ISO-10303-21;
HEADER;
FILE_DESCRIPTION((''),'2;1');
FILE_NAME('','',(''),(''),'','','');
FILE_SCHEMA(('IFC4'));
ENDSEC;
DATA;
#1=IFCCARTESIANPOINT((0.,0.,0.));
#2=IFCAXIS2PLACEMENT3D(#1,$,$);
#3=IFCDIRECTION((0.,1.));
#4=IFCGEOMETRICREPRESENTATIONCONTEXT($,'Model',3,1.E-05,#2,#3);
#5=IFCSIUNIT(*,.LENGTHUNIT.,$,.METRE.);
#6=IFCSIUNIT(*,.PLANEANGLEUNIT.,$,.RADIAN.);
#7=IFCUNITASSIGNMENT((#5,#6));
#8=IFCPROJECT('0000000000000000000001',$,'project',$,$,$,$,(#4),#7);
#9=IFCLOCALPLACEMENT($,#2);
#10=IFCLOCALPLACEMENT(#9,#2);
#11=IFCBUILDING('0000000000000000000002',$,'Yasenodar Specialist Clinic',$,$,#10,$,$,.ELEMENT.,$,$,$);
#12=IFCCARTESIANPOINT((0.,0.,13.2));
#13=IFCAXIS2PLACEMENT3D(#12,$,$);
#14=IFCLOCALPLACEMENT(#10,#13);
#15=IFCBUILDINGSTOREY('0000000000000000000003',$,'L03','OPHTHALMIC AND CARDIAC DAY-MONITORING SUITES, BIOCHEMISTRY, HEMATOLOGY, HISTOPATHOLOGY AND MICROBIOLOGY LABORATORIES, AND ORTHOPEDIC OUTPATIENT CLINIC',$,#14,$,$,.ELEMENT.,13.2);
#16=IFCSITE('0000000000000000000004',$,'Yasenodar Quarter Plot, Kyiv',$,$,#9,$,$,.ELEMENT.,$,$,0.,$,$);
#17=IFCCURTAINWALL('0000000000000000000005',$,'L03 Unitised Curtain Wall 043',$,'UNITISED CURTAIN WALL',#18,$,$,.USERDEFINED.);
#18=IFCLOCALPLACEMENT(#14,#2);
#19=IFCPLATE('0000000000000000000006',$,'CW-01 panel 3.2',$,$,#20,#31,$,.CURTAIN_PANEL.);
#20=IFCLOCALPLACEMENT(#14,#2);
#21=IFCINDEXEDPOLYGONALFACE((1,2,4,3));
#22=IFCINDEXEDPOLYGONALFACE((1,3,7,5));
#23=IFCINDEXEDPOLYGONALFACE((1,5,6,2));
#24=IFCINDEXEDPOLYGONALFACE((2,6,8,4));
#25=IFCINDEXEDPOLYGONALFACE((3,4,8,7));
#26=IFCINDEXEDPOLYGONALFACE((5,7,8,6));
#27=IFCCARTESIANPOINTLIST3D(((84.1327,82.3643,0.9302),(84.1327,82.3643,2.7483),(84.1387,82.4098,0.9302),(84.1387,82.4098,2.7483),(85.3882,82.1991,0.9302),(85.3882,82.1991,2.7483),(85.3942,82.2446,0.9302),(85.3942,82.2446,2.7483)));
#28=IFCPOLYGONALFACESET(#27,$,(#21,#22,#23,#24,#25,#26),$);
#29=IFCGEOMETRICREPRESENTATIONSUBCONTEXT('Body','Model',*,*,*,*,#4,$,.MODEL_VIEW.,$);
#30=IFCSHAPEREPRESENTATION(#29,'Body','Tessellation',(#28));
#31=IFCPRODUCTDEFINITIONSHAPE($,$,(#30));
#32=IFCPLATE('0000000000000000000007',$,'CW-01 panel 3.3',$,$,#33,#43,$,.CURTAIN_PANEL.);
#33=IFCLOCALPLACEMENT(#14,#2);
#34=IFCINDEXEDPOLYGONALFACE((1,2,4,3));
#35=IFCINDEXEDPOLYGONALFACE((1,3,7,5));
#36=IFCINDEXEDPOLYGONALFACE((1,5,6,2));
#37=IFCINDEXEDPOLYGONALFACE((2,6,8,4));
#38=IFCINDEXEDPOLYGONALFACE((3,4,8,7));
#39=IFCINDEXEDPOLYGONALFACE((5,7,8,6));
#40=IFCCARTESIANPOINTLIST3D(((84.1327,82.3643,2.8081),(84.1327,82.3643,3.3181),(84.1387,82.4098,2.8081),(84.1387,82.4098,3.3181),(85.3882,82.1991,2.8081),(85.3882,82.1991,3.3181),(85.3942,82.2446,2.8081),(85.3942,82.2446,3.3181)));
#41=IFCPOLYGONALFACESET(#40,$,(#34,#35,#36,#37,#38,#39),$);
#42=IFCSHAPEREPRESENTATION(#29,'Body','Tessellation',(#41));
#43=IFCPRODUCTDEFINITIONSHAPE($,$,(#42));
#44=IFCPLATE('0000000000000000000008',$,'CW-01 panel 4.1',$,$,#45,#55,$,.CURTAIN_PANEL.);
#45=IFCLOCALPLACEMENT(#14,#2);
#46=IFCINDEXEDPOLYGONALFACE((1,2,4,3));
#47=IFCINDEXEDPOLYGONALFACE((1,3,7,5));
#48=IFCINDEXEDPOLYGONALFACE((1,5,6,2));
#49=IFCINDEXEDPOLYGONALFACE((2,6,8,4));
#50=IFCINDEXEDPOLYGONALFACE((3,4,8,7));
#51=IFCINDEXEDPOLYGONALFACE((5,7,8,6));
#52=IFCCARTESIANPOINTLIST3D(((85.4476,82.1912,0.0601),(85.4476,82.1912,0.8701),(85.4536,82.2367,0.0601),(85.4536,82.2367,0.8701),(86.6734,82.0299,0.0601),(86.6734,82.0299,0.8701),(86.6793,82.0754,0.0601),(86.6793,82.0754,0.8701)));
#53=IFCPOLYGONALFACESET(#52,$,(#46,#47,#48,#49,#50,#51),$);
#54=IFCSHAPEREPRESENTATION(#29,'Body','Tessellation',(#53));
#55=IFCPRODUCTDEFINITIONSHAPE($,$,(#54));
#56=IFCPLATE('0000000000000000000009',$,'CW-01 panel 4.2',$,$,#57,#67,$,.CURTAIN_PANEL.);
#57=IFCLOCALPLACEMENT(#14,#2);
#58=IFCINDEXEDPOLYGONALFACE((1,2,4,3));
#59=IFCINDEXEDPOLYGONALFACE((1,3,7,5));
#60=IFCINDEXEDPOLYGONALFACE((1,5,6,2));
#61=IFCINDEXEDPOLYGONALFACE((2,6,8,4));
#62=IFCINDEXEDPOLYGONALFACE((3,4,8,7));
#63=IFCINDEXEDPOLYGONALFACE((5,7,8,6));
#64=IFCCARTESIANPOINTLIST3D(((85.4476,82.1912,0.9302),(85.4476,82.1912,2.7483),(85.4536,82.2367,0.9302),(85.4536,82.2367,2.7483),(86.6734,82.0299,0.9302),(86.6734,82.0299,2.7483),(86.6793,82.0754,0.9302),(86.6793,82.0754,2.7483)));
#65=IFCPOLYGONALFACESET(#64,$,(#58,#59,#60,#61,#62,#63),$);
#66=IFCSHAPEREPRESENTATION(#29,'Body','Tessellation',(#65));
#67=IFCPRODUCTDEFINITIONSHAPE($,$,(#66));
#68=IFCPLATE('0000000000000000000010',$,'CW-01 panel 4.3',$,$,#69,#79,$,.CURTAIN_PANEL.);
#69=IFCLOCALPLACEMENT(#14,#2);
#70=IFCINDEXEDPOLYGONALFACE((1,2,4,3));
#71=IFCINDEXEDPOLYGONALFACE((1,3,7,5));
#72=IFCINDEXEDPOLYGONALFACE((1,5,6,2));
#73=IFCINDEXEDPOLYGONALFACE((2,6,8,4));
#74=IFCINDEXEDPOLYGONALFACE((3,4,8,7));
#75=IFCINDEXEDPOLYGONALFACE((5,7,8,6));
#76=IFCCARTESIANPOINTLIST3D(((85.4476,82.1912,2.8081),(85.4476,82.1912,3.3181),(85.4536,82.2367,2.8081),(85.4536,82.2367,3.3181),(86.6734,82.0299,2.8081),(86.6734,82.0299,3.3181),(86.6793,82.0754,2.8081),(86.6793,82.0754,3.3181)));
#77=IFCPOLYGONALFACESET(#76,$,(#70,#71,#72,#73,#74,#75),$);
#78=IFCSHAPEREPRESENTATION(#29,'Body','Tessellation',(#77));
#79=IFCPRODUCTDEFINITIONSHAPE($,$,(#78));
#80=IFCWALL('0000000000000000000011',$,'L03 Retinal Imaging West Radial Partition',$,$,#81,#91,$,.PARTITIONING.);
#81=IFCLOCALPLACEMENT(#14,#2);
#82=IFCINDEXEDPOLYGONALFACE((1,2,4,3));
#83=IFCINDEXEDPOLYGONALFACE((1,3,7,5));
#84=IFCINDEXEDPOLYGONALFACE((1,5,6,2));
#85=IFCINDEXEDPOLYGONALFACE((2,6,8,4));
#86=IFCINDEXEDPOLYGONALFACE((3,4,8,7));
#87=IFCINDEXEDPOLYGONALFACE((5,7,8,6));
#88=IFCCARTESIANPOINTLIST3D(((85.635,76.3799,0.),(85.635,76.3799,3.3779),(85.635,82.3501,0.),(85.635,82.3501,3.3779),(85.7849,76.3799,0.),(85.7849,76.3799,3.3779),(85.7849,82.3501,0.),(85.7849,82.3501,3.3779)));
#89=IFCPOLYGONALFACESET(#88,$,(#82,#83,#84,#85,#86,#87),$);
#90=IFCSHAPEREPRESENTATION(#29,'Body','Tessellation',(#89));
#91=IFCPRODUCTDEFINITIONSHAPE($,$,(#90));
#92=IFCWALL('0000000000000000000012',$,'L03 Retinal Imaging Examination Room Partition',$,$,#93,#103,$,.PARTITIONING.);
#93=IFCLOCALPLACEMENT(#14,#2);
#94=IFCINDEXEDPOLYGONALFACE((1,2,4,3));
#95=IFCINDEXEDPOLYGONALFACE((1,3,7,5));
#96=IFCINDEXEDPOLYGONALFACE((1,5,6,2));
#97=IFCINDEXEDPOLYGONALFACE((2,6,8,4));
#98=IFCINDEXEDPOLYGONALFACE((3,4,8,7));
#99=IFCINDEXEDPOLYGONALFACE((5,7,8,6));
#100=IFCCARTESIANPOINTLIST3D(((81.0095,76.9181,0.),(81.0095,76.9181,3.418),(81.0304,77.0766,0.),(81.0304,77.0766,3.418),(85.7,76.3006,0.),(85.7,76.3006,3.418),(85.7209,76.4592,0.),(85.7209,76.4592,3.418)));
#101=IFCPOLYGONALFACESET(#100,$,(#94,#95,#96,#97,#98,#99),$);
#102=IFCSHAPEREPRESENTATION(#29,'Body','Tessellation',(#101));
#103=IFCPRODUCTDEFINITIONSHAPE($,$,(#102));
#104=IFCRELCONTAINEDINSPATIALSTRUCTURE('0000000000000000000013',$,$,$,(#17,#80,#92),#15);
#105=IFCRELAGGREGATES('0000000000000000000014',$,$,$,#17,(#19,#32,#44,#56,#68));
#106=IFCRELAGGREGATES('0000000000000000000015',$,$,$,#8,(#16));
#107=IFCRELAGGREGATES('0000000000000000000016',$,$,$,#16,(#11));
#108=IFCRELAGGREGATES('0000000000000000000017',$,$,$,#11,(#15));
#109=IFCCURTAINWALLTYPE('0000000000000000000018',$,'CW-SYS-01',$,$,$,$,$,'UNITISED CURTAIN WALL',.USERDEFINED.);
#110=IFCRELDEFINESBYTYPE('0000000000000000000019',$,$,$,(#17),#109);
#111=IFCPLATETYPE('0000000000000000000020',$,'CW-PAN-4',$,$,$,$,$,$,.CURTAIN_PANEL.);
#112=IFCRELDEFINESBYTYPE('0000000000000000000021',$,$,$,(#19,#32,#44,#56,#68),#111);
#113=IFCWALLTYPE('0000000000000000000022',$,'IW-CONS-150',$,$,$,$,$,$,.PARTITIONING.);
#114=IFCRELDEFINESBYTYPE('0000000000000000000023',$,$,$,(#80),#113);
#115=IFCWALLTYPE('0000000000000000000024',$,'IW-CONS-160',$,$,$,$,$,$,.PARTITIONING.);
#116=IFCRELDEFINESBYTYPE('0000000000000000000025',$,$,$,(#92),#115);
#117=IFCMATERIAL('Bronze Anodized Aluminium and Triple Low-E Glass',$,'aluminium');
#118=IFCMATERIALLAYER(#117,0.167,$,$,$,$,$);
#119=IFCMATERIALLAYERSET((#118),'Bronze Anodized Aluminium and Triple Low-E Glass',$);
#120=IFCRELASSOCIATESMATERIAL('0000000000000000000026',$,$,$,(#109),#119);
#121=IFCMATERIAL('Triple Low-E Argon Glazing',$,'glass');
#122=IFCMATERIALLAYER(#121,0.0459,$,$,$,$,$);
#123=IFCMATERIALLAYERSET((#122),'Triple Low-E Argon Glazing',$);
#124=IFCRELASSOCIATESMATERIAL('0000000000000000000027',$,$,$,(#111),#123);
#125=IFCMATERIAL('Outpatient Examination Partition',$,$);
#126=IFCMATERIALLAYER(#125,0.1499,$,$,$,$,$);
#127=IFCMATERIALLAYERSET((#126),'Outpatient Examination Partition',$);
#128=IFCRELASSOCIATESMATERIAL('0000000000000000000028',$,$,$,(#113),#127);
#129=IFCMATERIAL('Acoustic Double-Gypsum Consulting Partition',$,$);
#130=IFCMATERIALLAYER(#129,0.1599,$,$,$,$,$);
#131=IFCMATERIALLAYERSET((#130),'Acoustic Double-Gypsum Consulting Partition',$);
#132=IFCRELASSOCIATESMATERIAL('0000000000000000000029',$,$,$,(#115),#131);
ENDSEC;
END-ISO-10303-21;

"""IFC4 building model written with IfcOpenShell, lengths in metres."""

from ifc_helpers import new_model, si_unit, direction, frame, frame_2d, origin, origin_2d, place, context, subcontext, project, spatial, rectangle, extrude, material, layer, layer_set, type_object, element, aggregate, save


model = new_model("IFC4")

# Units and contexts
model_context = context("Model", 3, precision=1e-05, world=origin(), true_north=direction((0.0, 1.0)))
body_context = subcontext(model_context, "Body", "Model", "MODEL_VIEW")
ifc_project = project(units=[si_unit("LENGTHUNIT", "METRE"), si_unit("PLANEANGLEUNIT", "RADIAN")], contexts=[model_context])

# Site, building, storey
site_placement = place(None, origin())
site = spatial("IfcSite", under=ifc_project, at=site_placement, Name="Yasenodar Quarter Plot, Kyiv", CompositionType="ELEMENT", RefElevation=0.0)
building_placement = place(site_placement, origin())
building = spatial("IfcBuilding", under=site, at=building_placement, Name="Yasenodar Specialist Clinic", CompositionType="ELEMENT")
storey_placement = place(building_placement, frame((0.0, 0.0, 13.2)))
storey = spatial("IfcBuildingStorey", under=building, at=storey_placement, Name="L03", Description="OPHTHALMIC AND CARDIAC DAY-MONITORING SUITES, BIOCHEMISTRY, HEMATOLOGY, HISTOPATHOLOGY AND MICROBIOLOGY LABORATORIES, AND ORTHOPEDIC OUTPATIENT CLINIC", CompositionType="ELEMENT", Elevation=13.2)

# Curtain wall, plates
ifc_material_1 = material(Name="Bronze Anodized Aluminium and Triple Low-E Glass", Category="aluminium")
ifc_layer_1 = layer(ifc_material_1, 0.167)
ifc_layer_set_1 = layer_set([ifc_layer_1], Name="Bronze Anodized Aluminium and Triple Low-E Glass")
curtain_wall_type = type_object("IfcCurtainWallType", Name="CW-SYS-01", ElementType="UNITISED CURTAIN WALL", PredefinedType="USERDEFINED", material=ifc_layer_set_1)
curtain_wall_placement = place(storey_placement, origin())
curtain_wall = element("IfcCurtainWall", 1, at=curtain_wall_placement, inside=storey, type_object=curtain_wall_type, Name="L03 Unitised Curtain Wall 043", ObjectType="UNITISED CURTAIN WALL", PredefinedType="USERDEFINED")
ifc_material_2 = material(Name="Triple Low-E Argon Glazing", Category="glass")
ifc_layer_2 = layer(ifc_material_2, 0.0459)
ifc_layer_set_2 = layer_set([ifc_layer_2], Name="Triple Low-E Argon Glazing")
plate_type = type_object("IfcPlateType", Name="CW-PAN-4", PredefinedType="CURTAIN_PANEL", material=ifc_layer_set_2)
plate_1_placement = place(storey_placement, frame((84.7634, 82.3044, 0.9302), z_axis=(0.0, 0.0, 1.0), x_axis=(0.991447, -0.130512, 0.0)))
plate_1 = element("IfcPlate", 2, at=plate_1_placement, type_object=plate_type, Name="CW-01 panel 3.2", PredefinedType="CURTAIN_PANEL", context=body_context, shape_type="SweptSolid", body=[
    extrude(rectangle(XDim=1.2664, YDim=0.0459, at=origin_2d()), origin(), (0.0, 0.0, 1.0), 1.8181),
])
plate_2_placement = place(storey_placement, frame((84.7634, 82.3044, 2.8081), z_axis=(0.0, 0.0, 1.0), x_axis=(0.991447, -0.130512, 0.0)))
plate_2 = element("IfcPlate", 3, at=plate_2_placement, type_object=plate_type, Name="CW-01 panel 3.3", PredefinedType="CURTAIN_PANEL", context=body_context, shape_type="SweptSolid", body=[
    extrude(rectangle(XDim=1.2664, YDim=0.0459, at=origin_2d()), origin(), (0.0, 0.0, 1.0), 0.51),
])
plate_3_placement = place(storey_placement, frame((86.0635, 82.1333, 0.0601), z_axis=(0.0, 0.0, 1.0), x_axis=(0.991447, -0.130512, 0.0)))
plate_3 = element("IfcPlate", 4, at=plate_3_placement, type_object=plate_type, Name="CW-01 panel 4.1", PredefinedType="CURTAIN_PANEL", context=body_context, shape_type="SweptSolid", body=[
    extrude(rectangle(XDim=1.2363, YDim=0.0459, at=origin_2d()), origin(), (0.0, 0.0, 1.0), 0.8101),
])
plate_4_placement = place(storey_placement, frame((86.0635, 82.1333, 0.9302), z_axis=(0.0, 0.0, 1.0), x_axis=(0.991447, -0.130512, 0.0)))
plate_4 = element("IfcPlate", 5, at=plate_4_placement, type_object=plate_type, Name="CW-01 panel 4.2", PredefinedType="CURTAIN_PANEL", context=body_context, shape_type="SweptSolid", body=[
    extrude(rectangle(XDim=1.2363, YDim=0.0459, at=origin_2d()), origin(), (0.0, 0.0, 1.0), 1.8181),
])
plate_5_placement = place(storey_placement, frame((86.0635, 82.1333, 2.8081), z_axis=(0.0, 0.0, 1.0), x_axis=(0.991447, -0.130512, 0.0)))
plate_5 = element("IfcPlate", 6, at=plate_5_placement, type_object=plate_type, Name="CW-01 panel 4.3", PredefinedType="CURTAIN_PANEL", context=body_context, shape_type="SweptSolid", body=[
    extrude(rectangle(XDim=1.2363, YDim=0.0459, at=origin_2d()), origin(), (0.0, 0.0, 1.0), 0.51),
])
aggregate(curtain_wall, [plate_1, plate_2, plate_3, plate_4, plate_5])

# Walls
ifc_material_3 = material(Name="Outpatient Examination Partition")
ifc_layer_3 = layer(ifc_material_3, 0.1499)
ifc_layer_set_3 = layer_set([ifc_layer_3], Name="Outpatient Examination Partition")
wall_type_1 = type_object("IfcWallType", Name="IW-CONS-150", PredefinedType="PARTITIONING", material=ifc_layer_set_3)
wall_1_placement = place(storey_placement, frame((85.71, 76.3799, 0.0), z_axis=(0.0, 0.0, 1.0), x_axis=(0.0, 1.0, 0.0)))
element("IfcWall", 7, at=wall_1_placement, inside=storey, type_object=wall_type_1, Name="L03 Retinal Imaging West Radial Partition", PredefinedType="PARTITIONING", context=body_context, shape_type="SweptSolid", body=[
    extrude(rectangle(XDim=5.9702, YDim=0.1499, at=frame_2d((2.9851, 0.0))), origin(), (0.0, 0.0, 1.0), 3.3779),
])
ifc_material_4 = material(Name="Acoustic Double-Gypsum Consulting Partition")
ifc_layer_4 = layer(ifc_material_4, 0.1599)
ifc_layer_set_4 = layer_set([ifc_layer_4], Name="Acoustic Double-Gypsum Consulting Partition")
wall_type_2 = type_object("IfcWallType", Name="IW-CONS-160", PredefinedType="PARTITIONING", material=ifc_layer_set_4)
wall_2_placement = place(storey_placement, frame((85.7104, 76.3799, 0.0), z_axis=(0.0, 0.0, 1.0), x_axis=(-0.991447, 0.130511, 0.0)))
element("IfcWall", 8, at=wall_2_placement, inside=storey, type_object=wall_type_2, Name="L03 Retinal Imaging Examination Room Partition", PredefinedType="PARTITIONING", context=body_context, shape_type="SweptSolid", body=[
    extrude(rectangle(XDim=4.731, YDim=0.1599, at=frame_2d((2.3655, 0.0))), origin(), (0.0, 0.0, 1.0), 3.418),
])

save(model, "model.ifc")
